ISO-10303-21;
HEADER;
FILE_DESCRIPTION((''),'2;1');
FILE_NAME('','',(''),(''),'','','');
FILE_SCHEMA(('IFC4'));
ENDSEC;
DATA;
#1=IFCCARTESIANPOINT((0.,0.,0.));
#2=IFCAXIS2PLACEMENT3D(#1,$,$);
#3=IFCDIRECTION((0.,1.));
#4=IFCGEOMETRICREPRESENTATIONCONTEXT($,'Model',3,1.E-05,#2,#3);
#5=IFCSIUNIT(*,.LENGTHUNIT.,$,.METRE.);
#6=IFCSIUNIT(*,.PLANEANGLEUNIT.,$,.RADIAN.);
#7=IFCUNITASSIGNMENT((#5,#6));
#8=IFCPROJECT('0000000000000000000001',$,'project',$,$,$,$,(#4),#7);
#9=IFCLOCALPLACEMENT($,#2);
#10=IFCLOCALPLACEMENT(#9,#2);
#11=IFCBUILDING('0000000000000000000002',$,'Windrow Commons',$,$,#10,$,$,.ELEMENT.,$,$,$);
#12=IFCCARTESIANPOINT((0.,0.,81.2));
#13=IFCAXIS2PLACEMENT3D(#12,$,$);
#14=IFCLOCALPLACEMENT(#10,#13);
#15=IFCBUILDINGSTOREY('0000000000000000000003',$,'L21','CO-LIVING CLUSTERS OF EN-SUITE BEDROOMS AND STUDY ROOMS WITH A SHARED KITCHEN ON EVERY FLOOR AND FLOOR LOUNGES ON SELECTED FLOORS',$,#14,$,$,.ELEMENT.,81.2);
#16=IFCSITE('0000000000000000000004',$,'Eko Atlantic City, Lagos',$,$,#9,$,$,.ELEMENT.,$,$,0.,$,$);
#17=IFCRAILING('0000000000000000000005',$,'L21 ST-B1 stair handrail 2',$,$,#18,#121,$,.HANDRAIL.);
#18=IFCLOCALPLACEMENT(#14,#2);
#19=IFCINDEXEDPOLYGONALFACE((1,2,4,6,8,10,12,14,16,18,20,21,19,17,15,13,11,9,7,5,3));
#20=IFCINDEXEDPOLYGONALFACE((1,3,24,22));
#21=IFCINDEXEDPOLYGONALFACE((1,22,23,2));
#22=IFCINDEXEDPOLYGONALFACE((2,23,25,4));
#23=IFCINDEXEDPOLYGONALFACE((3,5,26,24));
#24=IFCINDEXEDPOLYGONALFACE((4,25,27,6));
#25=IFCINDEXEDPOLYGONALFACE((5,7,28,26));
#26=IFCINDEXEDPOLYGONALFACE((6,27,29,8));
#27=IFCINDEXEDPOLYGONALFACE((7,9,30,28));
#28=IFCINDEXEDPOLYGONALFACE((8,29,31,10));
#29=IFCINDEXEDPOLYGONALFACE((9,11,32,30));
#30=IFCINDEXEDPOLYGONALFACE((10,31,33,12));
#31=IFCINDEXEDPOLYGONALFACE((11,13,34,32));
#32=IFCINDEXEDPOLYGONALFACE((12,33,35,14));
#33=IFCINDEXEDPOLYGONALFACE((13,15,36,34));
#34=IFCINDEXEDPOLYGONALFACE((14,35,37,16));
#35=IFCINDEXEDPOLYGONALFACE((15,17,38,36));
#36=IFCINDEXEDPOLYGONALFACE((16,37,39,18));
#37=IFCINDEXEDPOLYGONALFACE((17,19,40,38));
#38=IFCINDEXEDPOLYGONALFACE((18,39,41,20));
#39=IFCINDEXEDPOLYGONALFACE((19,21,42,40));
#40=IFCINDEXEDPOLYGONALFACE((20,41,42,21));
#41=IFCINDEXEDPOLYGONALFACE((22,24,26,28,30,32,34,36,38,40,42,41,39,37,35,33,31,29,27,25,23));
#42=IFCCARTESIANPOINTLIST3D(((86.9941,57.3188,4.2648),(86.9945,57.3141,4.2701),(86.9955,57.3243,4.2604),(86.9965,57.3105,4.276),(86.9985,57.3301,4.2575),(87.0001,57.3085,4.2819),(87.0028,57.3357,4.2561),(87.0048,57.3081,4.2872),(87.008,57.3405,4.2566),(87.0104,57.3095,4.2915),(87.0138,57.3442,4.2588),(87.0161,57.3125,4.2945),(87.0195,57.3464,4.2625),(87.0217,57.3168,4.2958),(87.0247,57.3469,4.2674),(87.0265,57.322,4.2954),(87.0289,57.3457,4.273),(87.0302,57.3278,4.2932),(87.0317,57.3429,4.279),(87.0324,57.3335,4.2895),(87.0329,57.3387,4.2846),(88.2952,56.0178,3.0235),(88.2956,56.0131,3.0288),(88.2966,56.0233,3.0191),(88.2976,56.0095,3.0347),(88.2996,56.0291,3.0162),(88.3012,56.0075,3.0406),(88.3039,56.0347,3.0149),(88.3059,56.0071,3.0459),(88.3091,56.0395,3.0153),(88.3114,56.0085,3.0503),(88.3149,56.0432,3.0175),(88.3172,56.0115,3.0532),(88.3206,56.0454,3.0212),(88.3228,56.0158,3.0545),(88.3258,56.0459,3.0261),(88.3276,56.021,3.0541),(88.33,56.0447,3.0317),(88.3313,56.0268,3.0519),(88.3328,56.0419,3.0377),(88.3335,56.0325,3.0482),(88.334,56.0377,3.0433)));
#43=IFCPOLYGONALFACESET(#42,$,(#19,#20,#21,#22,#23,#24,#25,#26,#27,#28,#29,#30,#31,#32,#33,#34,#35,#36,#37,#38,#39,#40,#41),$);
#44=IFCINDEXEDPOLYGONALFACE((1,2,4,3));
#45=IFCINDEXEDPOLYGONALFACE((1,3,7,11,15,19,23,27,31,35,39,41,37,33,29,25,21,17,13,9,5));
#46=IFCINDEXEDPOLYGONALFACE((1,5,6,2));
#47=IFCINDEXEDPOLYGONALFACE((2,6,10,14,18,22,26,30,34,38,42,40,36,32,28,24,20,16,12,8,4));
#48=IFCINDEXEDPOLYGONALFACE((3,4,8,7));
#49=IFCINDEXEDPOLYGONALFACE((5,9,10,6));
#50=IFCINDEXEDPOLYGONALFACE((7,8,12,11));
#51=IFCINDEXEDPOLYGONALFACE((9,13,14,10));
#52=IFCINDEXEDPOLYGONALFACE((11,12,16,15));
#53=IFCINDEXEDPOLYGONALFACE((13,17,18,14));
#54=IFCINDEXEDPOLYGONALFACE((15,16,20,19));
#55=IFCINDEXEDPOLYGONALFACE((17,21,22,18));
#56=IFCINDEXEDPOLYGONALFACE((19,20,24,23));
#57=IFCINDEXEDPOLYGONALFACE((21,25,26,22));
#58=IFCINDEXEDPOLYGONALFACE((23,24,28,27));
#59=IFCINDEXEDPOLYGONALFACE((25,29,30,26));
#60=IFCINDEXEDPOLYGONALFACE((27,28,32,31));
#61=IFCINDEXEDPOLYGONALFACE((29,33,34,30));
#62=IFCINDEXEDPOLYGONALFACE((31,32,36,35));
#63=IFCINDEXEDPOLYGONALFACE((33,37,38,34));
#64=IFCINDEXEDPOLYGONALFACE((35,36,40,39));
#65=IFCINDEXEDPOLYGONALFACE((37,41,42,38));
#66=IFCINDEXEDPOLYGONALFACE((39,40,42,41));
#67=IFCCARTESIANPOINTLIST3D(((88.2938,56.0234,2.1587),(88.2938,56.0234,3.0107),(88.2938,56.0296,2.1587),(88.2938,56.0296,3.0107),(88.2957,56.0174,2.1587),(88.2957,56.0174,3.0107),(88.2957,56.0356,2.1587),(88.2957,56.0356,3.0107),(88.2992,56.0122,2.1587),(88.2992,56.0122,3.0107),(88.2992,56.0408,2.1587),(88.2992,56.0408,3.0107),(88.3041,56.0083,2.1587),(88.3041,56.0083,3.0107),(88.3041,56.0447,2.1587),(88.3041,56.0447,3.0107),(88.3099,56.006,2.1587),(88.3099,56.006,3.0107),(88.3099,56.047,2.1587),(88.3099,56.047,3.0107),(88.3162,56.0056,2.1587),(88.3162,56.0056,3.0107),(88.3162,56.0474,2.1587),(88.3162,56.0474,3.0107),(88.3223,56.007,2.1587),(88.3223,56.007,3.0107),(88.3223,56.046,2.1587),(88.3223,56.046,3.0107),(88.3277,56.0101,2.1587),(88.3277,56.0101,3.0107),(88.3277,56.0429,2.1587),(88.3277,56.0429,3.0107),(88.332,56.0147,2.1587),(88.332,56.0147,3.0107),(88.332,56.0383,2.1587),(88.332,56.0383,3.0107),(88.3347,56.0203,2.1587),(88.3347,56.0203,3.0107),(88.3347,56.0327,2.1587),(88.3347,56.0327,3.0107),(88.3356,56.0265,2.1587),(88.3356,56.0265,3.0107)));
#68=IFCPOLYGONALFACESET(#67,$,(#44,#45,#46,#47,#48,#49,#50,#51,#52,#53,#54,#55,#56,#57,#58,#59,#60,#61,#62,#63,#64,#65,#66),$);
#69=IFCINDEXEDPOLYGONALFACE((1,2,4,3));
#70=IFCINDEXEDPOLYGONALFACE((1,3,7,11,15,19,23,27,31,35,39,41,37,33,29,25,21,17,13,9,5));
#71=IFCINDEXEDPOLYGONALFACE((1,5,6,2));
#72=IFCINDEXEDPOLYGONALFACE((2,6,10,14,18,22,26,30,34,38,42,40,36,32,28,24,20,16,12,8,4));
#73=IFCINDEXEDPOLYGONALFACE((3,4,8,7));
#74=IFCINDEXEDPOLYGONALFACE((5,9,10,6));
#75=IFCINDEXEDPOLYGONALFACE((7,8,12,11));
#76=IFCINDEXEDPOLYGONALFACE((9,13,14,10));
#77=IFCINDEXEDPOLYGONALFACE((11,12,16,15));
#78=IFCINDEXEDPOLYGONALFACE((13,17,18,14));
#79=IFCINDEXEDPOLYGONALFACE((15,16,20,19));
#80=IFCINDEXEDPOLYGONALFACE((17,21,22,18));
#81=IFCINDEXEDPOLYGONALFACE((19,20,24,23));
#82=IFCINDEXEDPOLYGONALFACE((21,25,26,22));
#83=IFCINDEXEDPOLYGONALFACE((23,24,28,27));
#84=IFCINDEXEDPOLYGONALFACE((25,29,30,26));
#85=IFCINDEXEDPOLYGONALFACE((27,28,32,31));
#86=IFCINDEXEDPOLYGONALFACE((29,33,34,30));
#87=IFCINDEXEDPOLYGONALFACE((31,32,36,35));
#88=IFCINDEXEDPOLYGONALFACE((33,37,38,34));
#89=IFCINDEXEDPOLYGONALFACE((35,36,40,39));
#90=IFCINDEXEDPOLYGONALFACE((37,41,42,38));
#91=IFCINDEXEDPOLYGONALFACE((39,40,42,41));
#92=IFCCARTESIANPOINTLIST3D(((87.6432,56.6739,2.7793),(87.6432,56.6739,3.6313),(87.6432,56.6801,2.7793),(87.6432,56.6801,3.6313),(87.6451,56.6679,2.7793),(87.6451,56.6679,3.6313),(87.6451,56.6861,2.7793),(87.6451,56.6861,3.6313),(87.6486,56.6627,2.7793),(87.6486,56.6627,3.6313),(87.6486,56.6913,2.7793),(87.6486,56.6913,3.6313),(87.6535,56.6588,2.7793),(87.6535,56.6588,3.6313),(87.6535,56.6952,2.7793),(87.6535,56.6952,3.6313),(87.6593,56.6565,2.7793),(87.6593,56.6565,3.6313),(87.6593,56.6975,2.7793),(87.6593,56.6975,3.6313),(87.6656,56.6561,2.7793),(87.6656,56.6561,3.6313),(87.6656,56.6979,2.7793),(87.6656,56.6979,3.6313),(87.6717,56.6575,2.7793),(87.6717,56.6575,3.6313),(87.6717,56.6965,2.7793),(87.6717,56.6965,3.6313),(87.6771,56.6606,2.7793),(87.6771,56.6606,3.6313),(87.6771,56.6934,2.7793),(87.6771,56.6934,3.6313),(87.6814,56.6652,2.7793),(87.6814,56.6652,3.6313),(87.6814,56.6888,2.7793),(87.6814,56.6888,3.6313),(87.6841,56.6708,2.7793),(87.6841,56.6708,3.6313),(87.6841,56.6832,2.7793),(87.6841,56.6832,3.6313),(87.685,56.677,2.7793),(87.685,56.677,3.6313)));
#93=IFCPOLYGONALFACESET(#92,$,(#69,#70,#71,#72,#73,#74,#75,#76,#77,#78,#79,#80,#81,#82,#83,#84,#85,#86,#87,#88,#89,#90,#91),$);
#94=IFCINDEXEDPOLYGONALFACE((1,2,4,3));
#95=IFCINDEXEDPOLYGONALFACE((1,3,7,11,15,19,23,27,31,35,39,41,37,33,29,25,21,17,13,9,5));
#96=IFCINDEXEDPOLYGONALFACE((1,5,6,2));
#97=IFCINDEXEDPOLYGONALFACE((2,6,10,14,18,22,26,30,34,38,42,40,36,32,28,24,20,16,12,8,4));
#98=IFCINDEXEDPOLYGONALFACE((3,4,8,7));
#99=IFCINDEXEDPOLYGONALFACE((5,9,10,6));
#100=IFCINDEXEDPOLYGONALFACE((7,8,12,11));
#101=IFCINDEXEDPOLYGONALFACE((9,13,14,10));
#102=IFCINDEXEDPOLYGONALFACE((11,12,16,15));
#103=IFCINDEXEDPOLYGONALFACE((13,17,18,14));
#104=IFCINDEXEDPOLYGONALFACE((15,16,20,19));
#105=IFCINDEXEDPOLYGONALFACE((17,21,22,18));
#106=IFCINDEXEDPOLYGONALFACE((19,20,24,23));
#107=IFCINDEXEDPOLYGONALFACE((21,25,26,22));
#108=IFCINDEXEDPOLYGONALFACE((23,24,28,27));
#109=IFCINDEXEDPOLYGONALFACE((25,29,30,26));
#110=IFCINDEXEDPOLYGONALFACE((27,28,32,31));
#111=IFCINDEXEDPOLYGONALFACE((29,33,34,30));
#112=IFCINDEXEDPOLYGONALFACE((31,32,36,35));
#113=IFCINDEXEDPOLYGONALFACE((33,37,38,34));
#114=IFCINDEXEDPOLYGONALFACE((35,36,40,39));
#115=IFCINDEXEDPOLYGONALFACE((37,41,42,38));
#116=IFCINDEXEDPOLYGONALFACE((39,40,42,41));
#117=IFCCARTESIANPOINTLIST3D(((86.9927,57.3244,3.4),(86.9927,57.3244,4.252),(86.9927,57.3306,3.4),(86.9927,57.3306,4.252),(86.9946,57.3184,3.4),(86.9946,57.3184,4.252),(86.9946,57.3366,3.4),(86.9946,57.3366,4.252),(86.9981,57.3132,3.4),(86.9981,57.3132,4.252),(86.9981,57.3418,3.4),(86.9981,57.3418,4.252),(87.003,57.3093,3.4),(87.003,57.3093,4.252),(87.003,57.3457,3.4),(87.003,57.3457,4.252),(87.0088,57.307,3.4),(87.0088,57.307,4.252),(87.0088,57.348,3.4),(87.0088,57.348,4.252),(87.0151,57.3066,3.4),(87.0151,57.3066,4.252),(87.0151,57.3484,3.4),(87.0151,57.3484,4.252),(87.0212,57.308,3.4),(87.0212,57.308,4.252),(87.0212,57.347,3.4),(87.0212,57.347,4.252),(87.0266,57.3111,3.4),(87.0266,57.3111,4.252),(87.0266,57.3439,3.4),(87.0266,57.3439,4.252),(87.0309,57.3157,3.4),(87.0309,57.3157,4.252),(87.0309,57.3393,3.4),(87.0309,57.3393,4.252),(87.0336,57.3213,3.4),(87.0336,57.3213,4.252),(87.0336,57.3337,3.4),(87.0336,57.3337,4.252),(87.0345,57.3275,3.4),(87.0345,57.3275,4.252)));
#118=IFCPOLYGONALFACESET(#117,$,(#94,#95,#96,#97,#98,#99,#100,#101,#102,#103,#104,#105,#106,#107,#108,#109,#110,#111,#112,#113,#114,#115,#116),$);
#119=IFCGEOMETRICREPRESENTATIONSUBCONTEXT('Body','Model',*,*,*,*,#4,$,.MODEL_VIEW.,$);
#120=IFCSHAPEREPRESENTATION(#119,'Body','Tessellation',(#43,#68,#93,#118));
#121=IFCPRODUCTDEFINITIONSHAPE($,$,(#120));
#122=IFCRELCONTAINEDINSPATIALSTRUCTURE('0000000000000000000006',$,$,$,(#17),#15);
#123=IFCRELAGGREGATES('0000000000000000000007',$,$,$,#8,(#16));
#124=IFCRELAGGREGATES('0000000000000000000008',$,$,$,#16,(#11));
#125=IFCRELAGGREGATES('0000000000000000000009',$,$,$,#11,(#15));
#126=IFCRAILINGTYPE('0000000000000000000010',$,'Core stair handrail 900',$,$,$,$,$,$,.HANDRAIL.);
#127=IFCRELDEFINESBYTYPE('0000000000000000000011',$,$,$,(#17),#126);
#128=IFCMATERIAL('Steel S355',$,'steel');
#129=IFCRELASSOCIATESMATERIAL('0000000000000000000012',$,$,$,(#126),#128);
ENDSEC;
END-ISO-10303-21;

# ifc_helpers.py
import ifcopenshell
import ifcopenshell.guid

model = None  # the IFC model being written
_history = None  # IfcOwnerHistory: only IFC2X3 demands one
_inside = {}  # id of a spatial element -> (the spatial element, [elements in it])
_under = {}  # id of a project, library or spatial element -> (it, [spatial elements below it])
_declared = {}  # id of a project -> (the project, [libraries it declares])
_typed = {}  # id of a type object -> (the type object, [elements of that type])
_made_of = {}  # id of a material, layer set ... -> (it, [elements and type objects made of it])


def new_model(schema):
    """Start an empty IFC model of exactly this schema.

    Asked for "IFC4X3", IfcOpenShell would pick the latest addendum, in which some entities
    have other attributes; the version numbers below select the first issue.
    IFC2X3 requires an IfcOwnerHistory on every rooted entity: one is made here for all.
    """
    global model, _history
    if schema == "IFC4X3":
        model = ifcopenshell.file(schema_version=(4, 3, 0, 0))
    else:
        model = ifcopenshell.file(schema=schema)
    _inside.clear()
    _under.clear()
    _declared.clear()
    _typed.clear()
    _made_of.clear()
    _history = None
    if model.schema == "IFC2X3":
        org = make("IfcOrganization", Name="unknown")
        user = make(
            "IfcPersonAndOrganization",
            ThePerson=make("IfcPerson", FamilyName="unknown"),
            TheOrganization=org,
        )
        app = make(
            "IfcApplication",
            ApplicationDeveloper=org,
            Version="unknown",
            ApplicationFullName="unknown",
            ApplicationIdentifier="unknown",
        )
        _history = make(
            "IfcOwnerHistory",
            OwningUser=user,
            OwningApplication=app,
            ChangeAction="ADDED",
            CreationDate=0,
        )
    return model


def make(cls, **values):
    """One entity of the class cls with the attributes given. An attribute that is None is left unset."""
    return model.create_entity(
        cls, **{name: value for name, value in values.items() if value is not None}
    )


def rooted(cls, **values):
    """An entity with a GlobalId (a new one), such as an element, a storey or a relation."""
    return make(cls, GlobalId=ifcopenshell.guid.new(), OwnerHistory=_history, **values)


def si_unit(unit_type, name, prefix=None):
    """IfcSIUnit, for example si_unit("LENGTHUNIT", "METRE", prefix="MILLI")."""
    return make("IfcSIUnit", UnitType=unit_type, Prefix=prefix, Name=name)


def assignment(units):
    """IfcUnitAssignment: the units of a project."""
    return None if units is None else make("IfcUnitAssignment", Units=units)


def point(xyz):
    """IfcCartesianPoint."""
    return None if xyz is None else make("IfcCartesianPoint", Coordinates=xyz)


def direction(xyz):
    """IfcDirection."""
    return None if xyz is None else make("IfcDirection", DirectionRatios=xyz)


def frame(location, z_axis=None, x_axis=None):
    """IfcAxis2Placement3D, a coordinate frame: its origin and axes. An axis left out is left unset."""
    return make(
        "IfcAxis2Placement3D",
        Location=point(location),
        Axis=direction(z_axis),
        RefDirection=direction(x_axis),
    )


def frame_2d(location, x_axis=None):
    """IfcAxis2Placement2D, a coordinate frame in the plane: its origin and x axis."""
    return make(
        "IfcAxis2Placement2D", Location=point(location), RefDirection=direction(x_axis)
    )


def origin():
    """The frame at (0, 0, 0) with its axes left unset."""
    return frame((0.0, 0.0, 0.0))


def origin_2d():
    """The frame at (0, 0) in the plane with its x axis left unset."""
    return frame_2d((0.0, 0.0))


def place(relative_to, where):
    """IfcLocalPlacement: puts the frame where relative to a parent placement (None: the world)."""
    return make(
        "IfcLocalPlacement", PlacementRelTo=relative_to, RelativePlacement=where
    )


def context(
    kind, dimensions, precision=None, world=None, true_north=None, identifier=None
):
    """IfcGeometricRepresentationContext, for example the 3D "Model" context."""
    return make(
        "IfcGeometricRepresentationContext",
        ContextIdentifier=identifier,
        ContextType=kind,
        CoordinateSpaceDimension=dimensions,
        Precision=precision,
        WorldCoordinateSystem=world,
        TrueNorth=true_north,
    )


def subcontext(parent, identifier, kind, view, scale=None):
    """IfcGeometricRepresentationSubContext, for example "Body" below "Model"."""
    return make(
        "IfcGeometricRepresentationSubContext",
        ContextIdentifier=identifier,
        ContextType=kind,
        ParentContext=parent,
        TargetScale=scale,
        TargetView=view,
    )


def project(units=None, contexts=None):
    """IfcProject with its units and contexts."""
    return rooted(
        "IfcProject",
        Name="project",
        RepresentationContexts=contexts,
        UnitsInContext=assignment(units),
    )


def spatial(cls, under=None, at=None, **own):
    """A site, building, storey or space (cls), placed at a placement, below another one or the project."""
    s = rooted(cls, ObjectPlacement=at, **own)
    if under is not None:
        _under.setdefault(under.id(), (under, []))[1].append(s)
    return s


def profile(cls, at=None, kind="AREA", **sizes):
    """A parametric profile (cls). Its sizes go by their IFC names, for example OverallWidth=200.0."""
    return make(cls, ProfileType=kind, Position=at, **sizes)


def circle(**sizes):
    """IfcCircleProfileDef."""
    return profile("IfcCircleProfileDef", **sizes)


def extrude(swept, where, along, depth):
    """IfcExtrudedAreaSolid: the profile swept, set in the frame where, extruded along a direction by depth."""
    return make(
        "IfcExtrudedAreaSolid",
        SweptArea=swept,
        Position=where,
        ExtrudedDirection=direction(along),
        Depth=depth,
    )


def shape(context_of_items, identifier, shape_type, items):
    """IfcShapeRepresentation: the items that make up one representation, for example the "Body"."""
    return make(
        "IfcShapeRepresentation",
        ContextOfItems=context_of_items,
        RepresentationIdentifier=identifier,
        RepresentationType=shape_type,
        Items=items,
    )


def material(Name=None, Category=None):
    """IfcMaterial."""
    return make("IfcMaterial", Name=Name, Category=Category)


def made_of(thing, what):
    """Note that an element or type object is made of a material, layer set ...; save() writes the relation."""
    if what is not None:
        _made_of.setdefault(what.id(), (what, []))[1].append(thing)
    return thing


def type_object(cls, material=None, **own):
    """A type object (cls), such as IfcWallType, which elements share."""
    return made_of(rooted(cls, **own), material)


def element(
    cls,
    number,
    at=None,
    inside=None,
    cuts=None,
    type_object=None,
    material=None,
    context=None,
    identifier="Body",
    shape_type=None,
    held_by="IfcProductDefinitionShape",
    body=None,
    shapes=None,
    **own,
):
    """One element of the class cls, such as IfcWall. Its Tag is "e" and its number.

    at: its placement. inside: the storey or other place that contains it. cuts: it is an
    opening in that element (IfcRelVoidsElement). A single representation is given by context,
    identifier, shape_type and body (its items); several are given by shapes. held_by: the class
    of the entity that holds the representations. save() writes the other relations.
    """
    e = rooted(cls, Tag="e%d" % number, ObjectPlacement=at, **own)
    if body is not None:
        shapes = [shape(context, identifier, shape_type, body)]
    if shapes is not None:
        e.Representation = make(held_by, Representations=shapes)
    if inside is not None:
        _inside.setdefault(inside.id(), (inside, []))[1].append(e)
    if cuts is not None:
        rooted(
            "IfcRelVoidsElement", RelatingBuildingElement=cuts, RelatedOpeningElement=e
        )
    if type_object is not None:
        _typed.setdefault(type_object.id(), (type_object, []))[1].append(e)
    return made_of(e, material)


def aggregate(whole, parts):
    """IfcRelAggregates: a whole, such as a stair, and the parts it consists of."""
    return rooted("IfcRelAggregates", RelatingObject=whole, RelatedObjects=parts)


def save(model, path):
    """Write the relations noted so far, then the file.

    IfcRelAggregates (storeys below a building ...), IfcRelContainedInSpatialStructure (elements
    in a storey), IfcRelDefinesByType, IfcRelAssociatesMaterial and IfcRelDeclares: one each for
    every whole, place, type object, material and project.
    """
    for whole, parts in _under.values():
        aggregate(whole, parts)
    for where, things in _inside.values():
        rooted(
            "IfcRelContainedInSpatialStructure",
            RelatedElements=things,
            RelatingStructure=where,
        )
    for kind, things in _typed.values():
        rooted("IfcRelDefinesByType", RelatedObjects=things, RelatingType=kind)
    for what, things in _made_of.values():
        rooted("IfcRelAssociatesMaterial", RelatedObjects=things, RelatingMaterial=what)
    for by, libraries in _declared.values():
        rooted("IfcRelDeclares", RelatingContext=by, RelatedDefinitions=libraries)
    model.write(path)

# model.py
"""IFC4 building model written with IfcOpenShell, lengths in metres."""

from ifc_helpers import new_model, si_unit, direction, frame, origin, origin_2d, place, context, subcontext, project, spatial, circle, extrude, material, type_object, element, save


model = new_model("IFC4")

# Units and contexts
model_context = context("Model", 3, precision=1e-05, world=origin(), true_north=direction((0.0, 1.0)))
body_context = subcontext(model_context, "Body", "Model", "MODEL_VIEW")
ifc_project = project(units=[si_unit("LENGTHUNIT", "METRE"), si_unit("PLANEANGLEUNIT", "RADIAN")], contexts=[model_context])

# Site, building, storey
site_placement = place(None, origin())
site = spatial("IfcSite", under=ifc_project, at=site_placement, Name="Eko Atlantic City, Lagos", CompositionType="ELEMENT", RefElevation=0.0)
building_placement = place(site_placement, origin())
building = spatial("IfcBuilding", under=site, at=building_placement, Name="Windrow Commons", CompositionType="ELEMENT")
storey_placement = place(building_placement, frame((0.0, 0.0, 81.2)))
storey = spatial("IfcBuildingStorey", under=building, at=storey_placement, Name="L21", Description="CO-LIVING CLUSTERS OF EN-SUITE BEDROOMS AND STUDY ROOMS WITH A SHARED KITCHEN ON EVERY FLOOR AND FLOOR LOUNGES ON SELECTED FLOORS", CompositionType="ELEMENT", Elevation=81.2)

# Railing
ifc_material_1 = material(Name="Steel S355", Category="steel")
railing_type_1 = type_object("IfcRailingType", Name="Core stair handrail 900", PredefinedType="HANDRAIL", material=ifc_material_1)
railing_1_placement = place(storey_placement, frame((88.3146, 56.0265, 2.1587)))
element("IfcRailing", 1, at=railing_1_placement, inside=storey, type_object=railing_type_1, Name="L21 ST-B1 stair handrail 2", PredefinedType="HANDRAIL", context=body_context, shape_type="SweptSolid", body=[
    extrude(circle(Radius=0.024, at=origin_2d()), frame((0.0, 0.0, 0.876), z_axis=(-0.586207, 0.586162, 0.559264), x_axis=(-0.70708, -0.707134, 0.0)), (0.0, 0.0, 1.0), 2.2195),
    extrude(circle(Radius=0.021, at=origin_2d()), origin(), (0.0, 0.0, 1.0), 0.852),
    extrude(circle(Radius=0.021, at=origin_2d()), frame((-0.6506, 0.6505, 0.6206)), (0.0, 0.0, 1.0), 0.852),
    extrude(circle(Radius=0.021, at=origin_2d()), frame((-1.3011, 1.301, 1.2413)), (0.0, 0.0, 1.0), 0.852),
])

save(model, "model.ifc")
